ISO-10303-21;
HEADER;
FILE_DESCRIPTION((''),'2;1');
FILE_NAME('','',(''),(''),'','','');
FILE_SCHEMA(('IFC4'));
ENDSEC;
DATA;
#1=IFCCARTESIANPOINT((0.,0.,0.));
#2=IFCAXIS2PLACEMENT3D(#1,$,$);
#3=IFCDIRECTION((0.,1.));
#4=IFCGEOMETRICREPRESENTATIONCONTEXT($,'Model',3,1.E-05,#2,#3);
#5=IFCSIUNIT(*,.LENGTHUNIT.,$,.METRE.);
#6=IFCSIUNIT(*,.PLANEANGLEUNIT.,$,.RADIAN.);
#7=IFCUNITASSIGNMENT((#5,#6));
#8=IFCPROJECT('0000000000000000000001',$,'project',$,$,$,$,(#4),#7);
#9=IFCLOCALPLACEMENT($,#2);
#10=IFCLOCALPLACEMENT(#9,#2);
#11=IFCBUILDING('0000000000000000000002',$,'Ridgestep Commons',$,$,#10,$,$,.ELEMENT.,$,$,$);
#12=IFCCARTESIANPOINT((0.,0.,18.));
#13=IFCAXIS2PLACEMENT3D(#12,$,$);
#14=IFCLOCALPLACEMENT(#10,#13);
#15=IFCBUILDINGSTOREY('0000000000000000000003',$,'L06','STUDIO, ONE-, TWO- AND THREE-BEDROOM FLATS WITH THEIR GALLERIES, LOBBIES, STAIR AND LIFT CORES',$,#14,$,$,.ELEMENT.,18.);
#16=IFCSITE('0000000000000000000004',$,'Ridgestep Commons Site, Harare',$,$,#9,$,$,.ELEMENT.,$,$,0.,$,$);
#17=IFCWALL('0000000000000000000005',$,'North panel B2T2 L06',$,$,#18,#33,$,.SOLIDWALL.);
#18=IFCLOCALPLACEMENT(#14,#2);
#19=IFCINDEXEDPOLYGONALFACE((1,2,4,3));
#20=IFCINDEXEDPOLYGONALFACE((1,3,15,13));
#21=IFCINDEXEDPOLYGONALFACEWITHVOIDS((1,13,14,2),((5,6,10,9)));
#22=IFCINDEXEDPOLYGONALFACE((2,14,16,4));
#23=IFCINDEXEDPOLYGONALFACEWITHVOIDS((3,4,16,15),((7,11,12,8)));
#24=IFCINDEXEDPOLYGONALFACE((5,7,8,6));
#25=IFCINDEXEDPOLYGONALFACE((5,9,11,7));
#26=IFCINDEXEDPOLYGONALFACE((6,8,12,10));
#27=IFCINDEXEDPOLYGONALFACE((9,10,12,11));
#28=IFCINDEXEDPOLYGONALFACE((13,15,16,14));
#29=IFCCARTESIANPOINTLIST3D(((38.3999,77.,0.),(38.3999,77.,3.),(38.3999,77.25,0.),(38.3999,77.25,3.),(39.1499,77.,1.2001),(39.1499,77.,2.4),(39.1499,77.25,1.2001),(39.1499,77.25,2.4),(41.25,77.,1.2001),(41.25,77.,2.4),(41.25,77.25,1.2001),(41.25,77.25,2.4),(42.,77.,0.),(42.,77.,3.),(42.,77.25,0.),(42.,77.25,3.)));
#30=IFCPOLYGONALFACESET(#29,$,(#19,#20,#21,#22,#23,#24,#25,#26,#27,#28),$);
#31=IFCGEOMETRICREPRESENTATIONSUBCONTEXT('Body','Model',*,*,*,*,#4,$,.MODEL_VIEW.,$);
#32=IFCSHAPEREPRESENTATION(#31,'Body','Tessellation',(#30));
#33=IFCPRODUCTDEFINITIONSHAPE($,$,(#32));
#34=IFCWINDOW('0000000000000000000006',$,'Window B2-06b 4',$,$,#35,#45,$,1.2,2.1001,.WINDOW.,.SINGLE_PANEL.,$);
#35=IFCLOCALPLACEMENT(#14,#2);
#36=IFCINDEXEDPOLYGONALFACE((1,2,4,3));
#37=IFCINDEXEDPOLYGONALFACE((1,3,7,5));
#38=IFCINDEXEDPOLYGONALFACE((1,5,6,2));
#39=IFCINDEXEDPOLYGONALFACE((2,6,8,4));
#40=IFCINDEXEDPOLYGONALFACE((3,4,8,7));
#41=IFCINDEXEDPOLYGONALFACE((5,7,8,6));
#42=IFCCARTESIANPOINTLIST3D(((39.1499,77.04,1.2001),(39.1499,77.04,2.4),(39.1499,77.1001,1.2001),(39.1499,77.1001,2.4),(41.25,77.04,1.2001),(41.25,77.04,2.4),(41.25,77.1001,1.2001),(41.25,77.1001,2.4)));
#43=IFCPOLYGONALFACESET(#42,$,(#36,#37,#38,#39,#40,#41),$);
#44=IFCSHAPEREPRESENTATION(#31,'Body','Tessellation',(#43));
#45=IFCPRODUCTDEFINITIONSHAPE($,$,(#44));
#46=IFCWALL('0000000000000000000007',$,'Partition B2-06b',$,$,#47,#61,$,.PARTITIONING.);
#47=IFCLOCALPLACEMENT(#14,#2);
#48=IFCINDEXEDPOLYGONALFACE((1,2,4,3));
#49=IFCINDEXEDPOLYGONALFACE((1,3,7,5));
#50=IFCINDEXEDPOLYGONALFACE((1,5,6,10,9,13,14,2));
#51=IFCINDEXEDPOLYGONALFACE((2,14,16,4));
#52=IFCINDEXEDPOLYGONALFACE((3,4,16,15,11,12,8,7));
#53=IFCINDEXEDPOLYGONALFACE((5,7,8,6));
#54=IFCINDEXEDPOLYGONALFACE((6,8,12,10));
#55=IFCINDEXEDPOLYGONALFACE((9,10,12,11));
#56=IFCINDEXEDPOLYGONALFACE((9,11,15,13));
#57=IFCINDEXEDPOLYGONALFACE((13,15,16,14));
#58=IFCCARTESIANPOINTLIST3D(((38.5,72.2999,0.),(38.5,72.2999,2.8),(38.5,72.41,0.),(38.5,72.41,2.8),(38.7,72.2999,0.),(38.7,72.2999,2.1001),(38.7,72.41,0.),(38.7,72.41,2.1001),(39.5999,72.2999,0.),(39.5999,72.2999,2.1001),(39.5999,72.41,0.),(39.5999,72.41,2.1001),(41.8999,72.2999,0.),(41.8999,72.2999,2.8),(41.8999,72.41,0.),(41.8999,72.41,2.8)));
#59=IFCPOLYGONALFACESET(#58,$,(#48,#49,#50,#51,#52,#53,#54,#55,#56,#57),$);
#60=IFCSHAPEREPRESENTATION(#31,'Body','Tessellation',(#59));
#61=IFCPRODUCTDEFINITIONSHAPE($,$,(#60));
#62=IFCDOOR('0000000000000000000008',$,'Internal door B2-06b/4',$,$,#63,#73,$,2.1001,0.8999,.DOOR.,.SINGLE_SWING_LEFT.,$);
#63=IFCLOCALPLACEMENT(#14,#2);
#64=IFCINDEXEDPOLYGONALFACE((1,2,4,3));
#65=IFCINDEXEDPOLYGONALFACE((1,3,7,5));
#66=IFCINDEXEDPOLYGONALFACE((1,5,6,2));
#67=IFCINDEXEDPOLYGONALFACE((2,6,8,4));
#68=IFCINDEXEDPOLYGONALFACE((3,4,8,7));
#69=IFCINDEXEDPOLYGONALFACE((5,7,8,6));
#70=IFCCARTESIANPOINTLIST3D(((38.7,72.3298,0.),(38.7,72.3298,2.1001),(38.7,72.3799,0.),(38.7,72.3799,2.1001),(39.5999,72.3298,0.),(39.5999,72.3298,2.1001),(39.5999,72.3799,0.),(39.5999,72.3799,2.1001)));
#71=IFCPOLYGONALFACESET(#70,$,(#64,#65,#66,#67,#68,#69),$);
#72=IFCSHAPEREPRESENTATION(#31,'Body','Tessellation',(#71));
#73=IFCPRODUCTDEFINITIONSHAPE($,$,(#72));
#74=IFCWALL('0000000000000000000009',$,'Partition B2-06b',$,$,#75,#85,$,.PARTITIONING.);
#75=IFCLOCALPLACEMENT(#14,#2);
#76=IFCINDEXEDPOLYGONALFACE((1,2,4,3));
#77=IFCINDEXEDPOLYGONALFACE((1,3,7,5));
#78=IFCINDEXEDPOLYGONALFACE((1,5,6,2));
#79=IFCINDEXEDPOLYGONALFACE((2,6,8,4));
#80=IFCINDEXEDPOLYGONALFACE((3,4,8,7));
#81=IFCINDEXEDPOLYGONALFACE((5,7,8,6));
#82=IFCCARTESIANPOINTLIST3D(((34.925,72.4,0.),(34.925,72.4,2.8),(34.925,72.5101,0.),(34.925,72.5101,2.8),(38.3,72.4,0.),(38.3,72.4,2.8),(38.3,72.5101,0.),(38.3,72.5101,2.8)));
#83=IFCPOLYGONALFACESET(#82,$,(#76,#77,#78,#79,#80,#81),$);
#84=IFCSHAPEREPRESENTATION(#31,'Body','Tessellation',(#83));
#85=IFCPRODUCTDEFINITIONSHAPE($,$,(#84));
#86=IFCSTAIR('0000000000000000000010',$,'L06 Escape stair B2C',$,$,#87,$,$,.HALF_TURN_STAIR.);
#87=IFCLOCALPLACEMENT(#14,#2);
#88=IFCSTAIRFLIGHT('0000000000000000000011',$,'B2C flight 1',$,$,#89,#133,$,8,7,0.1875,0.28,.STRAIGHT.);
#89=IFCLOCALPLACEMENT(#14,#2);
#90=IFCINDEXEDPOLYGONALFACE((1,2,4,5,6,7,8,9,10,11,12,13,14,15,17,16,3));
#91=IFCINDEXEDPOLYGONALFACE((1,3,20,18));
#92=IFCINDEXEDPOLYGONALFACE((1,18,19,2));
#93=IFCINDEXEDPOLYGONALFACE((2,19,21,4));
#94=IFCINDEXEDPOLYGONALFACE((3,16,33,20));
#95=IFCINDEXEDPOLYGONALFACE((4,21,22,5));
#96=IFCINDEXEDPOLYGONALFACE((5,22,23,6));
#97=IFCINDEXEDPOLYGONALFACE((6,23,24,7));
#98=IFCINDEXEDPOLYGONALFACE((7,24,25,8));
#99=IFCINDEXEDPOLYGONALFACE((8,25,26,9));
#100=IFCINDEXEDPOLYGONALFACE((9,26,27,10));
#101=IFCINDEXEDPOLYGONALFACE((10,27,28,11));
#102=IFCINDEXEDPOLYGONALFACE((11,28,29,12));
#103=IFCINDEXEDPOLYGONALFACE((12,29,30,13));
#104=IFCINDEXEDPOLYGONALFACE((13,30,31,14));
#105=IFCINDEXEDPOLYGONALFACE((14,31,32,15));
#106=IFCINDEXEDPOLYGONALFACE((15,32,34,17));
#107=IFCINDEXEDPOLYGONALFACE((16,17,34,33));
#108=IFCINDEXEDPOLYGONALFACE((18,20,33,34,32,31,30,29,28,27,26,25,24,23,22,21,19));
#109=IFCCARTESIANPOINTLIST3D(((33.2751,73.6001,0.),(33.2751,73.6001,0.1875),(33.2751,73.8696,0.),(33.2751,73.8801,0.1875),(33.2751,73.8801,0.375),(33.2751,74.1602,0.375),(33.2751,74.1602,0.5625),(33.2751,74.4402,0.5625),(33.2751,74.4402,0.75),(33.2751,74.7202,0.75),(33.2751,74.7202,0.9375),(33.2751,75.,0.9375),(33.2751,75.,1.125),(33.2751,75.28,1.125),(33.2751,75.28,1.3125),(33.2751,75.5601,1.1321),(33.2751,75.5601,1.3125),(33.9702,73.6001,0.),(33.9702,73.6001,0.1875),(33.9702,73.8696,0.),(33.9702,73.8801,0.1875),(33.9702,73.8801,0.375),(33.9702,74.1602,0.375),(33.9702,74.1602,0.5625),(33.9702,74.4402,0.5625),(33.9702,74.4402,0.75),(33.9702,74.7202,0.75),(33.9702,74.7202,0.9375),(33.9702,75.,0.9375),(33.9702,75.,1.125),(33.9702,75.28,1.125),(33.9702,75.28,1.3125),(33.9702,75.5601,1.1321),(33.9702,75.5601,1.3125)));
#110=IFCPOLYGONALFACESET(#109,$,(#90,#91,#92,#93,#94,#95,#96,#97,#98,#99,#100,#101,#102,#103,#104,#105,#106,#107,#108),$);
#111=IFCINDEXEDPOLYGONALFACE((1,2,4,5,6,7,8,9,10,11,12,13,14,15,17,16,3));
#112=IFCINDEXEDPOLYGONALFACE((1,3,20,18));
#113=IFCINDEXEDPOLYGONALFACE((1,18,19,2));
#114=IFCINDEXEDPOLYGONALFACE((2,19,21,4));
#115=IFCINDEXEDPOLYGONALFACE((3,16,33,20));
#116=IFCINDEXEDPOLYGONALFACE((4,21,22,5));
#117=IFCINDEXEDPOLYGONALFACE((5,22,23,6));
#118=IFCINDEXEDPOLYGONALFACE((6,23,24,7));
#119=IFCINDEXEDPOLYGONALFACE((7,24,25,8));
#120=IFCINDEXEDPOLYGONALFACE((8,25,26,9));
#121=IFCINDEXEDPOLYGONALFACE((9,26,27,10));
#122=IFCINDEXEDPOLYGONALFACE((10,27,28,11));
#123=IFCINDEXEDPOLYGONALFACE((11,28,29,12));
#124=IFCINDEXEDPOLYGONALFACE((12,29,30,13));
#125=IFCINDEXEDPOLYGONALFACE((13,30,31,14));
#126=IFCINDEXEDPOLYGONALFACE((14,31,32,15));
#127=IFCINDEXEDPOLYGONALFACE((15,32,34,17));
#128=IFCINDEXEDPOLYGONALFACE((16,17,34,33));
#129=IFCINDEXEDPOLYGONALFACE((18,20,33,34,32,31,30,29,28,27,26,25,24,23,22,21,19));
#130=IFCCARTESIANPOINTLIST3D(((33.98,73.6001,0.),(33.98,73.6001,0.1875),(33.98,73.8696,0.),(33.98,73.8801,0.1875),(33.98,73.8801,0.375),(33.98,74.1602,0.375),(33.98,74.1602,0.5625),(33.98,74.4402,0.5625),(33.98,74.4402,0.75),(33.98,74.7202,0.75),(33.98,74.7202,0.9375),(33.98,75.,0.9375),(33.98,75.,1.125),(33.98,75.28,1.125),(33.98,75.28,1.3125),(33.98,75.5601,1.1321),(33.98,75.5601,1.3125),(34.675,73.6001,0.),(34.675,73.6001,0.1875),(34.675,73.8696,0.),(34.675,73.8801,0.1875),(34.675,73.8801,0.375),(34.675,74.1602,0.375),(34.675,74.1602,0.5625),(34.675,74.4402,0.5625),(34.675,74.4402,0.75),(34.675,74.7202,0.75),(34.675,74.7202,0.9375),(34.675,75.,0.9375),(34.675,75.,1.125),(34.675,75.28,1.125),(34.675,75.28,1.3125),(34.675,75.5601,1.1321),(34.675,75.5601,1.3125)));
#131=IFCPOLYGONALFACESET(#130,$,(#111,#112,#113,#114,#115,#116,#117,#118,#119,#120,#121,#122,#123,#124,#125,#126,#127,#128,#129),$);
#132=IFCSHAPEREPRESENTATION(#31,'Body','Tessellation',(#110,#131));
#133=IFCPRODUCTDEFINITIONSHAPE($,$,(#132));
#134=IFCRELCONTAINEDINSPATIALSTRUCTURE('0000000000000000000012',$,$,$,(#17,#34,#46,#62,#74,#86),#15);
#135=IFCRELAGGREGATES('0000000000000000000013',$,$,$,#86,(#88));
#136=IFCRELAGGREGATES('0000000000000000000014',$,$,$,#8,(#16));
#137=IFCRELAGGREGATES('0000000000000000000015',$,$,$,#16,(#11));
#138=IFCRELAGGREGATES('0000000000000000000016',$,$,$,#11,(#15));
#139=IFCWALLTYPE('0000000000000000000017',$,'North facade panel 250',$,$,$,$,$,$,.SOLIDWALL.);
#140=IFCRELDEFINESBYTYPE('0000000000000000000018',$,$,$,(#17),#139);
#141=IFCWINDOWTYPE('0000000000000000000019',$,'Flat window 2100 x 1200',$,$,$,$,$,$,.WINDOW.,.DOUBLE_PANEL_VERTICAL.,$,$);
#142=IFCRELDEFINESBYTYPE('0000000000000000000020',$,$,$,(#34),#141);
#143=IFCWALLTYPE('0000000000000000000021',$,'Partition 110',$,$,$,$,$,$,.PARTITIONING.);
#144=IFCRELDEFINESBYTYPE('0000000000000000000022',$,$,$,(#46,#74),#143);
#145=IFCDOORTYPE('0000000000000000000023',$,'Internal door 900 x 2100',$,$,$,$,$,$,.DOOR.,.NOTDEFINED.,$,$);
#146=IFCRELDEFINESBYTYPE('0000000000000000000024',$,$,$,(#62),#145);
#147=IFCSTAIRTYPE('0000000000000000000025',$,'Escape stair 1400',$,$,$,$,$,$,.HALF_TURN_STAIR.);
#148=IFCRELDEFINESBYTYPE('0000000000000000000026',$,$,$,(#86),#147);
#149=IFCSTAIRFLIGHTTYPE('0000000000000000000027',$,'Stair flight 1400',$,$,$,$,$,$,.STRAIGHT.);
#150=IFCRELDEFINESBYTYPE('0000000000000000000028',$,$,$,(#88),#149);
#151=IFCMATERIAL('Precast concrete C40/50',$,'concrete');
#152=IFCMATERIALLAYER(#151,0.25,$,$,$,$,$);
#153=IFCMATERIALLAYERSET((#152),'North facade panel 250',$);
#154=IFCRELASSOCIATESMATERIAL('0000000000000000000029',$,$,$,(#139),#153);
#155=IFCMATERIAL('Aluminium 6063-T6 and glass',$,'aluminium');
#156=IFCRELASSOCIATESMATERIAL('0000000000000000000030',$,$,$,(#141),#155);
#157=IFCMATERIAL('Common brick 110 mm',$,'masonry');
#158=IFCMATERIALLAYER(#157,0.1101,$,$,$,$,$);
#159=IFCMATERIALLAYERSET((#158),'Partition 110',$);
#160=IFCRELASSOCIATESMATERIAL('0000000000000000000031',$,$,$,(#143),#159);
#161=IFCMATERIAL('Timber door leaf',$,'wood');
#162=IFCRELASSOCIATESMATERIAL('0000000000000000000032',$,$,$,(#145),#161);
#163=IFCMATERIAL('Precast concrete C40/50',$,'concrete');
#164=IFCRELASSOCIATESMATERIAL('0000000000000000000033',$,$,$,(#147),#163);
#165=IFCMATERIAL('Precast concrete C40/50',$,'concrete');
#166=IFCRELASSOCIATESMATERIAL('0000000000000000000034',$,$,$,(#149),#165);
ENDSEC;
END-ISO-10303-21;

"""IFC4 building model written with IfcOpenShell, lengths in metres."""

from ifc_helpers import new_model, si_unit, direction, frame, frame_2d, origin, place, context, subcontext, project, spatial, polyline, rectangle, outline, extrude, material, layer, layer_set, type_object, element, fill, aggregate, save


model = new_model("IFC4")

# Units and contexts
model_context = context("Model", 3, precision=1e-05, world=origin(), true_north=direction((0.0, 1.0)))
body_context = subcontext(model_context, "Body", "Model", "MODEL_VIEW")
ifc_project = project(units=[si_unit("LENGTHUNIT", "METRE"), si_unit("PLANEANGLEUNIT", "RADIAN")], contexts=[model_context])

# Site, building, storey
site_placement = place(None, origin())
site = spatial("IfcSite", under=ifc_project, at=site_placement, Name="Ridgestep Commons Site, Harare", CompositionType="ELEMENT", RefElevation=0.0)
building_placement = place(site_placement, origin())
building = spatial("IfcBuilding", under=site, at=building_placement, Name="Ridgestep Commons", CompositionType="ELEMENT")
storey_placement = place(building_placement, frame((0.0, 0.0, 18.0)))
storey = spatial("IfcBuildingStorey", under=building, at=storey_placement, Name="L06", Description="STUDIO, ONE-, TWO- AND THREE-BEDROOM FLATS WITH THEIR GALLERIES, LOBBIES, STAIR AND LIFT CORES", CompositionType="ELEMENT", Elevation=18.0)

# Shared definitions
ifc_material_1 = material(Name="Precast concrete C40/50", Category="concrete")
ifc_layer_1 = layer(ifc_material_1, 0.25)
ifc_layer_set_1 = layer_set([ifc_layer_1], Name="North facade panel 250")
wall_type_1 = type_object("IfcWallType", Name="North facade panel 250", PredefinedType="SOLIDWALL", material=ifc_layer_set_1)

# Wall, opening, window
wall_1_placement = place(storey_placement, frame((38.3999, 77.125, 0.0), z_axis=(0.0, 0.0, 1.0), x_axis=(1.0, 0.0, 0.0)))
wall_1 = element("IfcWall", 1, at=wall_1_placement, inside=storey, type_object=wall_type_1, Name="North panel B2T2 L06", PredefinedType="SOLIDWALL", context=body_context, shape_type="SweptSolid", body=[
    extrude(rectangle(XDim=3.6001, YDim=0.25, at=frame_2d((1.8, 0.0))), origin(), (0.0, 0.0, 1.0), 3.0),
])
opening_1_placement = place(wall_1_placement, frame((0.75, 0.0, 1.2)))
opening_1 = element("IfcOpeningElement", 2, at=opening_1_placement, cuts=wall_1, PredefinedType="OPENING", context=body_context, shape_type="SweptSolid", body=[
    extrude(rectangle(XDim=2.1001, YDim=1.2, at=frame_2d((1.05, 0.6001))), frame((0.0, 0.135, 0.0), z_axis=(0.0, -1.0, 0.0), x_axis=(1.0, 0.0, 0.0)), (0.0, 0.0, 1.0), 0.27),
])
ifc_material_2 = material(Name="Aluminium 6063-T6 and glass", Category="aluminium")
window_type_1 = type_object("IfcWindowType", Name="Flat window 2100 x 1200", PartitioningType="DOUBLE_PANEL_VERTICAL", PredefinedType="WINDOW", material=ifc_material_2)
window_1_placement = place(opening_1_placement, origin())
window_1 = element("IfcWindow", 3, at=window_1_placement, inside=storey, type_object=window_type_1, Name="Window B2-06b 4", OverallHeight=1.2, OverallWidth=2.1001, PartitioningType="SINGLE_PANEL", PredefinedType="WINDOW", context=body_context, shape_type="SweptSolid", body=[
    extrude(rectangle(XDim=2.1001, YDim=1.2, at=frame_2d((1.05, 0.6001))), frame((0.0, -0.0249, 0.0), z_axis=(0.0, -1.0, 0.0), x_axis=(1.0, 0.0, 0.0)), (0.0, 0.0, 1.0), 0.0601),
])
fill(opening_1, window_1)

# Wall, opening, door
ifc_material_3 = material(Name="Common brick 110 mm", Category="masonry")
ifc_layer_2 = layer(ifc_material_3, 0.1101)
ifc_layer_set_2 = layer_set([ifc_layer_2], Name="Partition 110")
wall_type_2 = type_object("IfcWallType", Name="Partition 110", PredefinedType="PARTITIONING", material=ifc_layer_set_2)
wall_2_placement = place(storey_placement, frame((38.5, 72.355, 0.0), z_axis=(0.0, 0.0, 1.0), x_axis=(1.0, 0.0, 0.0)))
wall_2 = element("IfcWall", 4, at=wall_2_placement, inside=storey, type_object=wall_type_2, Name="Partition B2-06b", PredefinedType="PARTITIONING", context=body_context, shape_type="SweptSolid", body=[
    extrude(rectangle(XDim=3.3999, YDim=0.1101, at=frame_2d((1.7, 0.0))), origin(), (0.0, 0.0, 1.0), 2.8),
])
opening_2_placement = place(wall_2_placement, frame((0.2, 0.0, 0.0)))
opening_2 = element("IfcOpeningElement", 5, at=opening_2_placement, cuts=wall_2, PredefinedType="OPENING", context=body_context, shape_type="SweptSolid", body=[
    extrude(rectangle(XDim=0.8999, YDim=2.1001, at=frame_2d((0.45, 1.05))), frame((0.0, 0.0649, 0.0), z_axis=(0.0, -1.0, 0.0), x_axis=(1.0, 0.0, 0.0)), (0.0, 0.0, 1.0), 0.1301),
])
ifc_material_4 = material(Name="Timber door leaf", Category="wood")
door_type_1 = type_object("IfcDoorType", Name="Internal door 900 x 2100", OperationType="NOTDEFINED", PredefinedType="DOOR", material=ifc_material_4)
door_1_placement = place(opening_2_placement, origin())
door_1 = element("IfcDoor", 6, at=door_1_placement, inside=storey, type_object=door_type_1, Name="Internal door B2-06b/4", OperationType="SINGLE_SWING_LEFT", OverallHeight=2.1001, OverallWidth=0.8999, PredefinedType="DOOR", context=body_context, shape_type="SweptSolid", body=[
    extrude(rectangle(XDim=0.8999, YDim=2.1001, at=frame_2d((0.45, 1.05))), frame((0.0, 0.0249, 0.0), z_axis=(0.0, -1.0, 0.0), x_axis=(1.0, 0.0, 0.0)), (0.0, 0.0, 1.0), 0.05),
])
fill(opening_2, door_1)

# Wall
wall_3_placement = place(storey_placement, frame((34.925, 72.4551, 0.0), z_axis=(0.0, 0.0, 1.0), x_axis=(1.0, 0.0, 0.0)))
element("IfcWall", 7, at=wall_3_placement, inside=storey, type_object=wall_type_2, Name="Partition B2-06b", PredefinedType="PARTITIONING", context=body_context, shape_type="SweptSolid", body=[
    extrude(rectangle(XDim=3.375, YDim=0.1101, at=frame_2d((1.6875, 0.0))), origin(), (0.0, 0.0, 1.0), 2.8),
])

# Stair, stair flight
ifc_material_5 = material(Name="Precast concrete C40/50", Category="concrete")
stair_type = type_object("IfcStairType", Name="Escape stair 1400", PredefinedType="HALF_TURN_STAIR", material=ifc_material_5)
stair_placement = place(storey_placement, origin())
stair = element("IfcStair", 8, at=stair_placement, inside=storey, type_object=stair_type, Name="L06 Escape stair B2C", PredefinedType="HALF_TURN_STAIR")
ifc_material_6 = material(Name="Precast concrete C40/50", Category="concrete")
stair_flight_type = type_object("IfcStairFlightType", Name="Stair flight 1400", PredefinedType="STRAIGHT", material=ifc_material_6)
stair_flight_placement = place(storey_placement, frame((33.9751, 73.6001, 0.0), z_axis=(0.0, 0.0, 1.0), x_axis=(0.0, 1.0, 0.0)))
stair_flight = element("IfcStairFlight", 9, at=stair_flight_placement, type_object=stair_flight_type, Name="B2C flight 1", NumberOfRisers=8, NumberOfTreads=7, PredefinedType="STRAIGHT", RiserHeight=0.1875, TreadLength=0.28, context=body_context, shape_type="SweptSolid", body=[
    extrude(outline(polyline([(0.0, 0.0), (0.0, 0.1875), (0.28, 0.1875), (0.28, 0.375), (0.5601, 0.375), (0.5601, 0.5625), (0.8401, 0.5625), (0.8401, 0.75), (1.1201, 0.75), (1.1201, 0.9375), (1.3999, 0.9375), (1.3999, 1.125), (1.6799, 1.125), (1.6799, 1.3125), (1.96, 1.3125), (1.96, 1.5), (1.96, 1.1321), (0.2695, 0.0), (0.0, 0.0)])), frame((0.0, 0.7, 0.0), z_axis=(0.0, -1.0, 0.0), x_axis=(1.0, 0.0, 0.0)), (0.0, 0.0, 1.0), 0.6951),
    extrude(outline(polyline([(0.0, 0.0), (0.0, 0.1875), (0.28, 0.1875), (0.28, 0.375), (0.5601, 0.375), (0.5601, 0.5625), (0.8401, 0.5625), (0.8401, 0.75), (1.1201, 0.75), (1.1201, 0.9375), (1.3999, 0.9375), (1.3999, 1.125), (1.6799, 1.125), (1.6799, 1.3125), (1.96, 1.3125), (1.96, 1.5), (1.96, 1.1321), (0.2695, 0.0), (0.0, 0.0)])), frame((0.0, -0.0049, 0.0), z_axis=(0.0, -1.0, 0.0), x_axis=(1.0, 0.0, 0.0)), (0.0, 0.0, 1.0), 0.6951),
])
aggregate(stair, [stair_flight])

save(model, "model.ifc")
